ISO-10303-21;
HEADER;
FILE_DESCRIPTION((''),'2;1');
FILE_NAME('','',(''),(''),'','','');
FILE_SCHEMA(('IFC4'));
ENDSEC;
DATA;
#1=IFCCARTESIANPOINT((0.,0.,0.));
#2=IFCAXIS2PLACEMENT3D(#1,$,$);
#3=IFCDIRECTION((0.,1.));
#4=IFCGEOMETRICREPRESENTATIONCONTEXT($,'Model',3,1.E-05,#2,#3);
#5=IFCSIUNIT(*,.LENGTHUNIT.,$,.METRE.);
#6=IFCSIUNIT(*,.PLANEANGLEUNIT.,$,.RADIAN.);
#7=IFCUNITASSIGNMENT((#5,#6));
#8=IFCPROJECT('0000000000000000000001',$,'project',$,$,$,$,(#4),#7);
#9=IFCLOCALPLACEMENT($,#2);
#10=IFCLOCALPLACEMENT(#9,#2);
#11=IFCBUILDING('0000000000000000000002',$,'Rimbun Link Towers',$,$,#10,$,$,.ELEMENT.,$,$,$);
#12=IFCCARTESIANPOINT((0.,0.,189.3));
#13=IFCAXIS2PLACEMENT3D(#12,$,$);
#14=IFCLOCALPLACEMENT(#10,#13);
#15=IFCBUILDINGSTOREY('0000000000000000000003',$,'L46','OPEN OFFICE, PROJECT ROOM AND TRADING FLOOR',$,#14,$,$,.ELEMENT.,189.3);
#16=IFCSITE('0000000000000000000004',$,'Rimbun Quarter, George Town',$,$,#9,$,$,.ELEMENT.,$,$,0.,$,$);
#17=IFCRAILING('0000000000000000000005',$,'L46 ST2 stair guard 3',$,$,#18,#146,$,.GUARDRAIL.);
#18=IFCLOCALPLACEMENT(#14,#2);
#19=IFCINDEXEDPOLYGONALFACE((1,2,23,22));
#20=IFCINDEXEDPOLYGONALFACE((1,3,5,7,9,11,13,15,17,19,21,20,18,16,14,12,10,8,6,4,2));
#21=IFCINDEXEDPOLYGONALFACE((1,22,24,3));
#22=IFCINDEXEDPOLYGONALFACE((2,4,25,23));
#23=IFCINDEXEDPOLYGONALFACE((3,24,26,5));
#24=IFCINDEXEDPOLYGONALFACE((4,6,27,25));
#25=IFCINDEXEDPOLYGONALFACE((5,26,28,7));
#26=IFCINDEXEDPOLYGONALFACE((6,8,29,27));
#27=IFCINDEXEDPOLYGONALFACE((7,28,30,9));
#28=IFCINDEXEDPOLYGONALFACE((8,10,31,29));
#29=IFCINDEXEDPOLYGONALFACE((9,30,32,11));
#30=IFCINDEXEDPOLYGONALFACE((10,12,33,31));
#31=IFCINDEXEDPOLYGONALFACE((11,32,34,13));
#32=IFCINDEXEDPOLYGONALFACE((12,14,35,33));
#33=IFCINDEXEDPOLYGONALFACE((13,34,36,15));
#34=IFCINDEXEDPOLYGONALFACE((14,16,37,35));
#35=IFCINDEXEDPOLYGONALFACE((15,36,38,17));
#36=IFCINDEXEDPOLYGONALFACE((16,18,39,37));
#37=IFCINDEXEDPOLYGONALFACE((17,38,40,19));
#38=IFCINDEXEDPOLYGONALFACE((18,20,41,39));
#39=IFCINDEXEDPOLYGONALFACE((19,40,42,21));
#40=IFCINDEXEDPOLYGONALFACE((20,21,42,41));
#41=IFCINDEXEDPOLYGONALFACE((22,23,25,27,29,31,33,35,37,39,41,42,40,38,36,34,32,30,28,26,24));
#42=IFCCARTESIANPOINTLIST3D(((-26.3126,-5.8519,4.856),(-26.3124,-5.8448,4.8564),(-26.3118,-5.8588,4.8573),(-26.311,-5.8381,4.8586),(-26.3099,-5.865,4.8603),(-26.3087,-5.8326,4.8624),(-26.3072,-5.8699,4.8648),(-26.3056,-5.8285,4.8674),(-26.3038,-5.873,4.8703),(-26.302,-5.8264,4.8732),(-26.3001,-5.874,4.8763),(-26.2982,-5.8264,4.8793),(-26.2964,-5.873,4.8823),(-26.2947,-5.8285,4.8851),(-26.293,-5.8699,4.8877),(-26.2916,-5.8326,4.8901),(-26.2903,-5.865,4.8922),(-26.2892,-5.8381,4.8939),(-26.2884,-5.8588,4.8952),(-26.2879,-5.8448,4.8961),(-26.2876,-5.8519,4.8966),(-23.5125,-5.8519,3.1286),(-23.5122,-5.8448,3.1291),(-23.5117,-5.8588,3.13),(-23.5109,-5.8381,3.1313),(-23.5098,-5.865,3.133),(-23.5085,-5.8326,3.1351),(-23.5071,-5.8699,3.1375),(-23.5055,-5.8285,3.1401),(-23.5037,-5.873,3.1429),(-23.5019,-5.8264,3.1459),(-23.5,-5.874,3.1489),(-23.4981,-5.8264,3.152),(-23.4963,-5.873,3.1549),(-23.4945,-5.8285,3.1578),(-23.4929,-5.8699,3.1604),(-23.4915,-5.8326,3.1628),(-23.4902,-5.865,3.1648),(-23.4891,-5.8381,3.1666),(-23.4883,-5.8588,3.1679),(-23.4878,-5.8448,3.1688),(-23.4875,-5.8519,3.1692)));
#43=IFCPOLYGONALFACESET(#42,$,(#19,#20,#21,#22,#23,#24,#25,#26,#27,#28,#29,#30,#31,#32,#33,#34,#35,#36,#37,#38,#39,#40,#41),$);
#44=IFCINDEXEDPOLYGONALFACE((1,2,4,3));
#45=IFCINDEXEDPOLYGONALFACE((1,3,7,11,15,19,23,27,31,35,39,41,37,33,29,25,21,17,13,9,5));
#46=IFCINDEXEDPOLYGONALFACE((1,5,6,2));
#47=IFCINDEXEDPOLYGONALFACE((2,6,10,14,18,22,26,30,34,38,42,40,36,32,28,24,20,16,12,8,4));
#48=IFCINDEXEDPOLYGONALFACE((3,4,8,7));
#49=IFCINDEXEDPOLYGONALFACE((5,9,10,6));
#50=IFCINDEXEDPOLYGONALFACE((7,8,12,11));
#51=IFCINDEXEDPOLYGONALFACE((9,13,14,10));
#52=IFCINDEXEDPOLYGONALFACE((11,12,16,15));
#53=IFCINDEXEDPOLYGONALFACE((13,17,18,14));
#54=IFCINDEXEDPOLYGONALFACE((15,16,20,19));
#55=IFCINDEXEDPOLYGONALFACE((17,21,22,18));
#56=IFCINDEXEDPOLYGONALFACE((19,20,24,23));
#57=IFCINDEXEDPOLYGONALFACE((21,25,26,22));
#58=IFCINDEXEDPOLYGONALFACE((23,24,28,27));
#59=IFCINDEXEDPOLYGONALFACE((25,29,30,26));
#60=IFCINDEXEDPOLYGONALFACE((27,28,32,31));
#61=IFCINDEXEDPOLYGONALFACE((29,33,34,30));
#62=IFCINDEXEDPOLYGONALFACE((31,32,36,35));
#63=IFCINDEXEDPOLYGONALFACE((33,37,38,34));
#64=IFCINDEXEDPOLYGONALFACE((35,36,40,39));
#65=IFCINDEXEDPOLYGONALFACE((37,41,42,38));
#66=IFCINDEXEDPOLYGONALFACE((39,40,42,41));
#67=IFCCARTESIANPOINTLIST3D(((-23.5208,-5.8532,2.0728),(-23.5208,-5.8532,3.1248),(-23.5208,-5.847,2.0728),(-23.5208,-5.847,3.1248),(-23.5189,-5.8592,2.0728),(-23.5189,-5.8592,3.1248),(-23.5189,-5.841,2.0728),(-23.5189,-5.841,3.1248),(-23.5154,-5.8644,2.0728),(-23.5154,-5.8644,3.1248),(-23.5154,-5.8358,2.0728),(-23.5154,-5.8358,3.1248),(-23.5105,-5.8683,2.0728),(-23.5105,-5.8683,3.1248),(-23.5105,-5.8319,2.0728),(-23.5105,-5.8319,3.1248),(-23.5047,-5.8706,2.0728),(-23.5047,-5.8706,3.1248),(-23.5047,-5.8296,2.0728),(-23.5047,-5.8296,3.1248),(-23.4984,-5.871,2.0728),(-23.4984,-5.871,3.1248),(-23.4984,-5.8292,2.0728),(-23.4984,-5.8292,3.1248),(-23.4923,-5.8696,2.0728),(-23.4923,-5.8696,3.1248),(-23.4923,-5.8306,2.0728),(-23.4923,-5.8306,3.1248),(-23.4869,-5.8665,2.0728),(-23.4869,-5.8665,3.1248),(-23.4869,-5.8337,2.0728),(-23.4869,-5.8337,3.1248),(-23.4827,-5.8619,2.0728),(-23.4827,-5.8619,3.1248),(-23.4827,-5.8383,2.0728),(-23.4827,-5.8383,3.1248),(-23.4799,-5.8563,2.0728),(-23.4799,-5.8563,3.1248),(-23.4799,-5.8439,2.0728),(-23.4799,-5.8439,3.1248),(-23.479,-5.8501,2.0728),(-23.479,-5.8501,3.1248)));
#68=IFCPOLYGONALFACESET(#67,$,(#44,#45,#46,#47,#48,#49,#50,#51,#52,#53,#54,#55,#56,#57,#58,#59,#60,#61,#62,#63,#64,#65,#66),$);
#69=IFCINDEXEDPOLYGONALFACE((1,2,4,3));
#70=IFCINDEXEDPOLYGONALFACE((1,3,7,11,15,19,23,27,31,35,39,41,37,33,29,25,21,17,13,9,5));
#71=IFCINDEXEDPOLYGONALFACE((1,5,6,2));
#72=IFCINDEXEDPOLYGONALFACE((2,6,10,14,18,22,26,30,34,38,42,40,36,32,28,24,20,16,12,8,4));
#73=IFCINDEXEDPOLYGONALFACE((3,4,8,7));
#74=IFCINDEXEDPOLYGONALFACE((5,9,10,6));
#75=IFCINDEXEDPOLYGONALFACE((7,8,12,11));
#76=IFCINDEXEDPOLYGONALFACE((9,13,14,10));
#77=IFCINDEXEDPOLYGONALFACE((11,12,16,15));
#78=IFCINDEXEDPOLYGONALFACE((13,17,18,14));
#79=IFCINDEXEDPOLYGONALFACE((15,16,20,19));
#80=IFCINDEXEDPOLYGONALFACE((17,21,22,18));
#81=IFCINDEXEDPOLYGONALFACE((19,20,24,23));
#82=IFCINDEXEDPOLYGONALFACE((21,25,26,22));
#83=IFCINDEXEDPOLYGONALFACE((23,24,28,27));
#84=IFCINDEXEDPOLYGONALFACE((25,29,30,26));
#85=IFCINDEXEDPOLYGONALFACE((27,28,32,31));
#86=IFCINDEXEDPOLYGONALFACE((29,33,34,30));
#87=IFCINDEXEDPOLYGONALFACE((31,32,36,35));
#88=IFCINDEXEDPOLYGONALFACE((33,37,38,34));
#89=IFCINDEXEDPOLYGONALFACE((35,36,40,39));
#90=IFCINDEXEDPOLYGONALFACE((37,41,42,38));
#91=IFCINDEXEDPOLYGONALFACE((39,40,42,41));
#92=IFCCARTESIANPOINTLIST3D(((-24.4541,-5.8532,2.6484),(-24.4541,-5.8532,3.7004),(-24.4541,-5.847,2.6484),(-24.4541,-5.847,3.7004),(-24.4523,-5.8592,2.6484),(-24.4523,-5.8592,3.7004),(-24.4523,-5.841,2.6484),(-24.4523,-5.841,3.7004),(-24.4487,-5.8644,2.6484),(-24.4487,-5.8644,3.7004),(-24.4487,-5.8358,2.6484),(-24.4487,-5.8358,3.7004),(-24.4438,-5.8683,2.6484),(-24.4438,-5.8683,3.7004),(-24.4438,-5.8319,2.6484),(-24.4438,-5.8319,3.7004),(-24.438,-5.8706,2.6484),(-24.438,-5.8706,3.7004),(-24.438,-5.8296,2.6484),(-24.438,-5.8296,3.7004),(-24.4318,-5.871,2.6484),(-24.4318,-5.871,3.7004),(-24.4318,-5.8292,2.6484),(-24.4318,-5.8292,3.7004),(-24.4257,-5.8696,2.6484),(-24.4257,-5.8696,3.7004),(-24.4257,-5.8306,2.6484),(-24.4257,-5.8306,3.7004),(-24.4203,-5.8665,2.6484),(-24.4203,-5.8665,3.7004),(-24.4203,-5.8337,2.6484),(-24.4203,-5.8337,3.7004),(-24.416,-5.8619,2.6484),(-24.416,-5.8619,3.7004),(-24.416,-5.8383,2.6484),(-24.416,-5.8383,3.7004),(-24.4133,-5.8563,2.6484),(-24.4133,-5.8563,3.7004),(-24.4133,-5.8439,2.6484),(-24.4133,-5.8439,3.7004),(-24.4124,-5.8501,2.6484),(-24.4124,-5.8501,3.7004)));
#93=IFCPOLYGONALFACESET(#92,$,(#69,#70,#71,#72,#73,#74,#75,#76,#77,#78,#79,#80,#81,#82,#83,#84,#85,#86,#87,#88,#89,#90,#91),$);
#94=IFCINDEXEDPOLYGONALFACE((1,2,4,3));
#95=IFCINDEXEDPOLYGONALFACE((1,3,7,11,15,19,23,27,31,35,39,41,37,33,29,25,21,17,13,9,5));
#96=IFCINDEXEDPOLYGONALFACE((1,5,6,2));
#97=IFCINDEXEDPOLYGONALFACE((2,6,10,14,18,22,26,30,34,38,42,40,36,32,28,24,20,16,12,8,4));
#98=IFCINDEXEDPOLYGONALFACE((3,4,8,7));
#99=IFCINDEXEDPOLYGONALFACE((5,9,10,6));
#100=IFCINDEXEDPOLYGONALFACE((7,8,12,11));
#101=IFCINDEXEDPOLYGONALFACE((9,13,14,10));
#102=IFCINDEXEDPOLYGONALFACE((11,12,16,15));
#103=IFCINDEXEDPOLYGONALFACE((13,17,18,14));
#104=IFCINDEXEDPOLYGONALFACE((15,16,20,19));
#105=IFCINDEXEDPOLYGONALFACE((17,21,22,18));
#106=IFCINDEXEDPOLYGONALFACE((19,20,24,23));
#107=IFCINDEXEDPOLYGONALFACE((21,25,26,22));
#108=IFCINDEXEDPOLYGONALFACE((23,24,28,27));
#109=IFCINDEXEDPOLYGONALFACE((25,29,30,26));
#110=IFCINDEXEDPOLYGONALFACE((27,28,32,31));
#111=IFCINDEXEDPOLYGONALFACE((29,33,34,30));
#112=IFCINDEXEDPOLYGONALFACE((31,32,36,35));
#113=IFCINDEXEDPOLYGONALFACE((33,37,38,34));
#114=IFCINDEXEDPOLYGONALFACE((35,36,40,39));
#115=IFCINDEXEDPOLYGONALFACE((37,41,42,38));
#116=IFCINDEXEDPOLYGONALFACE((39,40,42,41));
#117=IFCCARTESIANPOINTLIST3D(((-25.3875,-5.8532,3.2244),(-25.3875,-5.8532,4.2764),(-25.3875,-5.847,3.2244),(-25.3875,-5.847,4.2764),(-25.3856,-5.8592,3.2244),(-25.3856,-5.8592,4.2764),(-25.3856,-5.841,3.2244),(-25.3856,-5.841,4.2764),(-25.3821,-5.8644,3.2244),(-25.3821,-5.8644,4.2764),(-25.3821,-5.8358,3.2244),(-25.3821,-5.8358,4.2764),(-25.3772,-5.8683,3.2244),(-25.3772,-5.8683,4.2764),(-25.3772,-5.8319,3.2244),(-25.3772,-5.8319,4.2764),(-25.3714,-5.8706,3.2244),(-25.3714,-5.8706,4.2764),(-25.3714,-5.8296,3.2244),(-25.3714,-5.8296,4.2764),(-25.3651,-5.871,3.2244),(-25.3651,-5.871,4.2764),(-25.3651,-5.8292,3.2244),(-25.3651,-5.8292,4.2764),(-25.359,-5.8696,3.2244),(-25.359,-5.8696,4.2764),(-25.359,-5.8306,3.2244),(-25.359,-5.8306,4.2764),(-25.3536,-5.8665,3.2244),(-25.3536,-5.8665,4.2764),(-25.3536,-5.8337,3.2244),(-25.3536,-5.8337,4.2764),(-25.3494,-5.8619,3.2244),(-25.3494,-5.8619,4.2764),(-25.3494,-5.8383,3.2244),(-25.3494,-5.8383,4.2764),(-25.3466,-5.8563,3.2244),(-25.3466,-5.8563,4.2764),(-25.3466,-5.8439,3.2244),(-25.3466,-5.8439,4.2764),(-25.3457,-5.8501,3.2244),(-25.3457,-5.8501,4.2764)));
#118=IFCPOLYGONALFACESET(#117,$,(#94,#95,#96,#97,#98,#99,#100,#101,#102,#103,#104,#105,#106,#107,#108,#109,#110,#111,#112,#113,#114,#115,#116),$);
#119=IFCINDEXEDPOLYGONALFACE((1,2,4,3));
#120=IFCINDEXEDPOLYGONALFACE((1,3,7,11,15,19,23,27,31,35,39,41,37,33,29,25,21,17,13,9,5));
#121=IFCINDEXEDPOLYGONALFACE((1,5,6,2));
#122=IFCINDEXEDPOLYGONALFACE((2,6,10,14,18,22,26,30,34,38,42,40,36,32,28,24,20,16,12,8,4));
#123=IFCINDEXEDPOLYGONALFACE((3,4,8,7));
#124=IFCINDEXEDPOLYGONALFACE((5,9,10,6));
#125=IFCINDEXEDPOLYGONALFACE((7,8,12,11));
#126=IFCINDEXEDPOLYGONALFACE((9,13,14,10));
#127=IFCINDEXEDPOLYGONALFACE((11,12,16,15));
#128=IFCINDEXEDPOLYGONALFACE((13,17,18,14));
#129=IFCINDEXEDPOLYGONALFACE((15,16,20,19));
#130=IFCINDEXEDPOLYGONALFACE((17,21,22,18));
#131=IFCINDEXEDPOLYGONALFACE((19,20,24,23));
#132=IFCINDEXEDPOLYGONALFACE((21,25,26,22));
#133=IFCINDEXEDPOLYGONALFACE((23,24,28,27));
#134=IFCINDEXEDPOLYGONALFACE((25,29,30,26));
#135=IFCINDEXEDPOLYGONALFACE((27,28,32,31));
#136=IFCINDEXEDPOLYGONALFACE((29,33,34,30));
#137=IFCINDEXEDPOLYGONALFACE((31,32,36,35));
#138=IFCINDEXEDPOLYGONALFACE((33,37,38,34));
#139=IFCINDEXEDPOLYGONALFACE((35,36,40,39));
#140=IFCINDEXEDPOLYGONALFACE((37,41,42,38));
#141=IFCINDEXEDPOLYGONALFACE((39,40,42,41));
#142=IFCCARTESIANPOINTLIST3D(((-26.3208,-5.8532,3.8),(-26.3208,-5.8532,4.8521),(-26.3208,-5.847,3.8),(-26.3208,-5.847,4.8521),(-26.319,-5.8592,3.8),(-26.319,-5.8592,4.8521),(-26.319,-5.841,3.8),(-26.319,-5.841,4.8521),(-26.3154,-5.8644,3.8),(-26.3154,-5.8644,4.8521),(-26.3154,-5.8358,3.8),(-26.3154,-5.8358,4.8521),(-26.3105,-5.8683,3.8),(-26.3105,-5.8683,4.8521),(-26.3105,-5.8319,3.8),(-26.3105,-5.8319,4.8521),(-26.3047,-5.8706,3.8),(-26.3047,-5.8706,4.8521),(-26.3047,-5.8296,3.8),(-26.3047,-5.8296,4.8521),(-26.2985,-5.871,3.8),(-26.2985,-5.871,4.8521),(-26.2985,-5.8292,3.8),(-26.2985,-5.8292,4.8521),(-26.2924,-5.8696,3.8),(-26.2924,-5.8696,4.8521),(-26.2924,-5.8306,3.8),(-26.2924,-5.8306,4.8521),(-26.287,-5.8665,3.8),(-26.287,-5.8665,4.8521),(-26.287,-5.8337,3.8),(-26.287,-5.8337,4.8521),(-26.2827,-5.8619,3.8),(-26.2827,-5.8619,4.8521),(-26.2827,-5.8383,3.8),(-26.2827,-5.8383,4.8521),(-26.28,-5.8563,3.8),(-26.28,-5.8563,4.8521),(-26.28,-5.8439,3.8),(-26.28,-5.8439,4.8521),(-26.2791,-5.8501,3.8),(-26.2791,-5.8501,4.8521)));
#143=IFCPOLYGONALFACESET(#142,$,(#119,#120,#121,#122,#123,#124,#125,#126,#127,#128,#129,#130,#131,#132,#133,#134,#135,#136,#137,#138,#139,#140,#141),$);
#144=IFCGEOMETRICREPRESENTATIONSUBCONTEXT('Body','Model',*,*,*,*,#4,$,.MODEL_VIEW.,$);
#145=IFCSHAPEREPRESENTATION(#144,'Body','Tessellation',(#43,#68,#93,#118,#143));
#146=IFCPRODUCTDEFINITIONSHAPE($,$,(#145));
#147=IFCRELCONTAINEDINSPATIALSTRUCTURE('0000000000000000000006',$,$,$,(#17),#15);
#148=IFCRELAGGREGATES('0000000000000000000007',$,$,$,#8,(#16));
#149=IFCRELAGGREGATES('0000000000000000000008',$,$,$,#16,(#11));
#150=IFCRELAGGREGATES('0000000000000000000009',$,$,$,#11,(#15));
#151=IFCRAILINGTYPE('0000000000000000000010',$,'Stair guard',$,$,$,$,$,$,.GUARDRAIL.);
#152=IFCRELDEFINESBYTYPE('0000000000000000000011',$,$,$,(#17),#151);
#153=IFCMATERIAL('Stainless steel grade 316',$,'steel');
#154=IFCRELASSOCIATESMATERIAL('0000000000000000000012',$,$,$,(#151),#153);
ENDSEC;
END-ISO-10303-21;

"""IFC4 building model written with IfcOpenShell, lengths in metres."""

from ifc_helpers import new_model, si_unit, direction, frame, origin, origin_2d, place, context, subcontext, project, spatial, circle, extrude, material, type_object, element, save


model = new_model("IFC4")

# Units and contexts
model_context = context("Model", 3, precision=1e-05, world=origin(), true_north=direction((0.0, 1.0)))
body_context = subcontext(model_context, "Body", "Model", "MODEL_VIEW")
ifc_project = project(units=[si_unit("LENGTHUNIT", "METRE"), si_unit("PLANEANGLEUNIT", "RADIAN")], contexts=[model_context])

# Site, building, storey
site_placement = place(None, origin())
site = spatial("IfcSite", under=ifc_project, at=site_placement, Name="Rimbun Quarter, George Town", CompositionType="ELEMENT", RefElevation=0.0)
building_placement = place(site_placement, origin())
building = spatial("IfcBuilding", under=site, at=building_placement, Name="Rimbun Link Towers", CompositionType="ELEMENT")
storey_placement = place(building_placement, frame((0.0, 0.0, 189.3)))
storey = spatial("IfcBuildingStorey", under=building, at=storey_placement, Name="L46", Description="OPEN OFFICE, PROJECT ROOM AND TRADING FLOOR", CompositionType="ELEMENT", Elevation=189.3)

# Railing
ifc_material_1 = material(Name="Stainless steel grade 316", Category="steel")
railing_type_1 = type_object("IfcRailingType", Name="Stair guard", PredefinedType="GUARDRAIL", material=ifc_material_1)
railing_1_placement = place(storey_placement, frame((-23.5, -5.8501, 2.0728)))
element("IfcRailing", 1, at=railing_1_placement, inside=storey, type_object=railing_type_1, Name="L46 ST2 stair guard 3", PredefinedType="GUARDRAIL", context=body_context, shape_type="SweptSolid", body=[
    extrude(circle(Radius=0.0239, at=origin_2d()), frame((0.0, 0.0, 1.0762), z_axis=(-0.85109, 0.0, 0.52502), x_axis=(0.0, -1.0, 0.0)), (0.0, 0.0, 1.0), 3.29),
    extrude(circle(Radius=0.021, at=origin_2d()), origin(), (0.0, 0.0, 1.0), 1.052),
    extrude(circle(Radius=0.021, at=origin_2d()), frame((-0.9333, 0.0, 0.5757)), (0.0, 0.0, 1.0), 1.052),
    extrude(circle(Radius=0.021, at=origin_2d()), frame((-1.8667, 0.0, 1.1516)), (0.0, 0.0, 1.0), 1.052),
    extrude(circle(Radius=0.021, at=origin_2d()), frame((-2.8, 0.0, 1.7273)), (0.0, 0.0, 1.0), 1.052),
])

save(model, "model.ifc")
